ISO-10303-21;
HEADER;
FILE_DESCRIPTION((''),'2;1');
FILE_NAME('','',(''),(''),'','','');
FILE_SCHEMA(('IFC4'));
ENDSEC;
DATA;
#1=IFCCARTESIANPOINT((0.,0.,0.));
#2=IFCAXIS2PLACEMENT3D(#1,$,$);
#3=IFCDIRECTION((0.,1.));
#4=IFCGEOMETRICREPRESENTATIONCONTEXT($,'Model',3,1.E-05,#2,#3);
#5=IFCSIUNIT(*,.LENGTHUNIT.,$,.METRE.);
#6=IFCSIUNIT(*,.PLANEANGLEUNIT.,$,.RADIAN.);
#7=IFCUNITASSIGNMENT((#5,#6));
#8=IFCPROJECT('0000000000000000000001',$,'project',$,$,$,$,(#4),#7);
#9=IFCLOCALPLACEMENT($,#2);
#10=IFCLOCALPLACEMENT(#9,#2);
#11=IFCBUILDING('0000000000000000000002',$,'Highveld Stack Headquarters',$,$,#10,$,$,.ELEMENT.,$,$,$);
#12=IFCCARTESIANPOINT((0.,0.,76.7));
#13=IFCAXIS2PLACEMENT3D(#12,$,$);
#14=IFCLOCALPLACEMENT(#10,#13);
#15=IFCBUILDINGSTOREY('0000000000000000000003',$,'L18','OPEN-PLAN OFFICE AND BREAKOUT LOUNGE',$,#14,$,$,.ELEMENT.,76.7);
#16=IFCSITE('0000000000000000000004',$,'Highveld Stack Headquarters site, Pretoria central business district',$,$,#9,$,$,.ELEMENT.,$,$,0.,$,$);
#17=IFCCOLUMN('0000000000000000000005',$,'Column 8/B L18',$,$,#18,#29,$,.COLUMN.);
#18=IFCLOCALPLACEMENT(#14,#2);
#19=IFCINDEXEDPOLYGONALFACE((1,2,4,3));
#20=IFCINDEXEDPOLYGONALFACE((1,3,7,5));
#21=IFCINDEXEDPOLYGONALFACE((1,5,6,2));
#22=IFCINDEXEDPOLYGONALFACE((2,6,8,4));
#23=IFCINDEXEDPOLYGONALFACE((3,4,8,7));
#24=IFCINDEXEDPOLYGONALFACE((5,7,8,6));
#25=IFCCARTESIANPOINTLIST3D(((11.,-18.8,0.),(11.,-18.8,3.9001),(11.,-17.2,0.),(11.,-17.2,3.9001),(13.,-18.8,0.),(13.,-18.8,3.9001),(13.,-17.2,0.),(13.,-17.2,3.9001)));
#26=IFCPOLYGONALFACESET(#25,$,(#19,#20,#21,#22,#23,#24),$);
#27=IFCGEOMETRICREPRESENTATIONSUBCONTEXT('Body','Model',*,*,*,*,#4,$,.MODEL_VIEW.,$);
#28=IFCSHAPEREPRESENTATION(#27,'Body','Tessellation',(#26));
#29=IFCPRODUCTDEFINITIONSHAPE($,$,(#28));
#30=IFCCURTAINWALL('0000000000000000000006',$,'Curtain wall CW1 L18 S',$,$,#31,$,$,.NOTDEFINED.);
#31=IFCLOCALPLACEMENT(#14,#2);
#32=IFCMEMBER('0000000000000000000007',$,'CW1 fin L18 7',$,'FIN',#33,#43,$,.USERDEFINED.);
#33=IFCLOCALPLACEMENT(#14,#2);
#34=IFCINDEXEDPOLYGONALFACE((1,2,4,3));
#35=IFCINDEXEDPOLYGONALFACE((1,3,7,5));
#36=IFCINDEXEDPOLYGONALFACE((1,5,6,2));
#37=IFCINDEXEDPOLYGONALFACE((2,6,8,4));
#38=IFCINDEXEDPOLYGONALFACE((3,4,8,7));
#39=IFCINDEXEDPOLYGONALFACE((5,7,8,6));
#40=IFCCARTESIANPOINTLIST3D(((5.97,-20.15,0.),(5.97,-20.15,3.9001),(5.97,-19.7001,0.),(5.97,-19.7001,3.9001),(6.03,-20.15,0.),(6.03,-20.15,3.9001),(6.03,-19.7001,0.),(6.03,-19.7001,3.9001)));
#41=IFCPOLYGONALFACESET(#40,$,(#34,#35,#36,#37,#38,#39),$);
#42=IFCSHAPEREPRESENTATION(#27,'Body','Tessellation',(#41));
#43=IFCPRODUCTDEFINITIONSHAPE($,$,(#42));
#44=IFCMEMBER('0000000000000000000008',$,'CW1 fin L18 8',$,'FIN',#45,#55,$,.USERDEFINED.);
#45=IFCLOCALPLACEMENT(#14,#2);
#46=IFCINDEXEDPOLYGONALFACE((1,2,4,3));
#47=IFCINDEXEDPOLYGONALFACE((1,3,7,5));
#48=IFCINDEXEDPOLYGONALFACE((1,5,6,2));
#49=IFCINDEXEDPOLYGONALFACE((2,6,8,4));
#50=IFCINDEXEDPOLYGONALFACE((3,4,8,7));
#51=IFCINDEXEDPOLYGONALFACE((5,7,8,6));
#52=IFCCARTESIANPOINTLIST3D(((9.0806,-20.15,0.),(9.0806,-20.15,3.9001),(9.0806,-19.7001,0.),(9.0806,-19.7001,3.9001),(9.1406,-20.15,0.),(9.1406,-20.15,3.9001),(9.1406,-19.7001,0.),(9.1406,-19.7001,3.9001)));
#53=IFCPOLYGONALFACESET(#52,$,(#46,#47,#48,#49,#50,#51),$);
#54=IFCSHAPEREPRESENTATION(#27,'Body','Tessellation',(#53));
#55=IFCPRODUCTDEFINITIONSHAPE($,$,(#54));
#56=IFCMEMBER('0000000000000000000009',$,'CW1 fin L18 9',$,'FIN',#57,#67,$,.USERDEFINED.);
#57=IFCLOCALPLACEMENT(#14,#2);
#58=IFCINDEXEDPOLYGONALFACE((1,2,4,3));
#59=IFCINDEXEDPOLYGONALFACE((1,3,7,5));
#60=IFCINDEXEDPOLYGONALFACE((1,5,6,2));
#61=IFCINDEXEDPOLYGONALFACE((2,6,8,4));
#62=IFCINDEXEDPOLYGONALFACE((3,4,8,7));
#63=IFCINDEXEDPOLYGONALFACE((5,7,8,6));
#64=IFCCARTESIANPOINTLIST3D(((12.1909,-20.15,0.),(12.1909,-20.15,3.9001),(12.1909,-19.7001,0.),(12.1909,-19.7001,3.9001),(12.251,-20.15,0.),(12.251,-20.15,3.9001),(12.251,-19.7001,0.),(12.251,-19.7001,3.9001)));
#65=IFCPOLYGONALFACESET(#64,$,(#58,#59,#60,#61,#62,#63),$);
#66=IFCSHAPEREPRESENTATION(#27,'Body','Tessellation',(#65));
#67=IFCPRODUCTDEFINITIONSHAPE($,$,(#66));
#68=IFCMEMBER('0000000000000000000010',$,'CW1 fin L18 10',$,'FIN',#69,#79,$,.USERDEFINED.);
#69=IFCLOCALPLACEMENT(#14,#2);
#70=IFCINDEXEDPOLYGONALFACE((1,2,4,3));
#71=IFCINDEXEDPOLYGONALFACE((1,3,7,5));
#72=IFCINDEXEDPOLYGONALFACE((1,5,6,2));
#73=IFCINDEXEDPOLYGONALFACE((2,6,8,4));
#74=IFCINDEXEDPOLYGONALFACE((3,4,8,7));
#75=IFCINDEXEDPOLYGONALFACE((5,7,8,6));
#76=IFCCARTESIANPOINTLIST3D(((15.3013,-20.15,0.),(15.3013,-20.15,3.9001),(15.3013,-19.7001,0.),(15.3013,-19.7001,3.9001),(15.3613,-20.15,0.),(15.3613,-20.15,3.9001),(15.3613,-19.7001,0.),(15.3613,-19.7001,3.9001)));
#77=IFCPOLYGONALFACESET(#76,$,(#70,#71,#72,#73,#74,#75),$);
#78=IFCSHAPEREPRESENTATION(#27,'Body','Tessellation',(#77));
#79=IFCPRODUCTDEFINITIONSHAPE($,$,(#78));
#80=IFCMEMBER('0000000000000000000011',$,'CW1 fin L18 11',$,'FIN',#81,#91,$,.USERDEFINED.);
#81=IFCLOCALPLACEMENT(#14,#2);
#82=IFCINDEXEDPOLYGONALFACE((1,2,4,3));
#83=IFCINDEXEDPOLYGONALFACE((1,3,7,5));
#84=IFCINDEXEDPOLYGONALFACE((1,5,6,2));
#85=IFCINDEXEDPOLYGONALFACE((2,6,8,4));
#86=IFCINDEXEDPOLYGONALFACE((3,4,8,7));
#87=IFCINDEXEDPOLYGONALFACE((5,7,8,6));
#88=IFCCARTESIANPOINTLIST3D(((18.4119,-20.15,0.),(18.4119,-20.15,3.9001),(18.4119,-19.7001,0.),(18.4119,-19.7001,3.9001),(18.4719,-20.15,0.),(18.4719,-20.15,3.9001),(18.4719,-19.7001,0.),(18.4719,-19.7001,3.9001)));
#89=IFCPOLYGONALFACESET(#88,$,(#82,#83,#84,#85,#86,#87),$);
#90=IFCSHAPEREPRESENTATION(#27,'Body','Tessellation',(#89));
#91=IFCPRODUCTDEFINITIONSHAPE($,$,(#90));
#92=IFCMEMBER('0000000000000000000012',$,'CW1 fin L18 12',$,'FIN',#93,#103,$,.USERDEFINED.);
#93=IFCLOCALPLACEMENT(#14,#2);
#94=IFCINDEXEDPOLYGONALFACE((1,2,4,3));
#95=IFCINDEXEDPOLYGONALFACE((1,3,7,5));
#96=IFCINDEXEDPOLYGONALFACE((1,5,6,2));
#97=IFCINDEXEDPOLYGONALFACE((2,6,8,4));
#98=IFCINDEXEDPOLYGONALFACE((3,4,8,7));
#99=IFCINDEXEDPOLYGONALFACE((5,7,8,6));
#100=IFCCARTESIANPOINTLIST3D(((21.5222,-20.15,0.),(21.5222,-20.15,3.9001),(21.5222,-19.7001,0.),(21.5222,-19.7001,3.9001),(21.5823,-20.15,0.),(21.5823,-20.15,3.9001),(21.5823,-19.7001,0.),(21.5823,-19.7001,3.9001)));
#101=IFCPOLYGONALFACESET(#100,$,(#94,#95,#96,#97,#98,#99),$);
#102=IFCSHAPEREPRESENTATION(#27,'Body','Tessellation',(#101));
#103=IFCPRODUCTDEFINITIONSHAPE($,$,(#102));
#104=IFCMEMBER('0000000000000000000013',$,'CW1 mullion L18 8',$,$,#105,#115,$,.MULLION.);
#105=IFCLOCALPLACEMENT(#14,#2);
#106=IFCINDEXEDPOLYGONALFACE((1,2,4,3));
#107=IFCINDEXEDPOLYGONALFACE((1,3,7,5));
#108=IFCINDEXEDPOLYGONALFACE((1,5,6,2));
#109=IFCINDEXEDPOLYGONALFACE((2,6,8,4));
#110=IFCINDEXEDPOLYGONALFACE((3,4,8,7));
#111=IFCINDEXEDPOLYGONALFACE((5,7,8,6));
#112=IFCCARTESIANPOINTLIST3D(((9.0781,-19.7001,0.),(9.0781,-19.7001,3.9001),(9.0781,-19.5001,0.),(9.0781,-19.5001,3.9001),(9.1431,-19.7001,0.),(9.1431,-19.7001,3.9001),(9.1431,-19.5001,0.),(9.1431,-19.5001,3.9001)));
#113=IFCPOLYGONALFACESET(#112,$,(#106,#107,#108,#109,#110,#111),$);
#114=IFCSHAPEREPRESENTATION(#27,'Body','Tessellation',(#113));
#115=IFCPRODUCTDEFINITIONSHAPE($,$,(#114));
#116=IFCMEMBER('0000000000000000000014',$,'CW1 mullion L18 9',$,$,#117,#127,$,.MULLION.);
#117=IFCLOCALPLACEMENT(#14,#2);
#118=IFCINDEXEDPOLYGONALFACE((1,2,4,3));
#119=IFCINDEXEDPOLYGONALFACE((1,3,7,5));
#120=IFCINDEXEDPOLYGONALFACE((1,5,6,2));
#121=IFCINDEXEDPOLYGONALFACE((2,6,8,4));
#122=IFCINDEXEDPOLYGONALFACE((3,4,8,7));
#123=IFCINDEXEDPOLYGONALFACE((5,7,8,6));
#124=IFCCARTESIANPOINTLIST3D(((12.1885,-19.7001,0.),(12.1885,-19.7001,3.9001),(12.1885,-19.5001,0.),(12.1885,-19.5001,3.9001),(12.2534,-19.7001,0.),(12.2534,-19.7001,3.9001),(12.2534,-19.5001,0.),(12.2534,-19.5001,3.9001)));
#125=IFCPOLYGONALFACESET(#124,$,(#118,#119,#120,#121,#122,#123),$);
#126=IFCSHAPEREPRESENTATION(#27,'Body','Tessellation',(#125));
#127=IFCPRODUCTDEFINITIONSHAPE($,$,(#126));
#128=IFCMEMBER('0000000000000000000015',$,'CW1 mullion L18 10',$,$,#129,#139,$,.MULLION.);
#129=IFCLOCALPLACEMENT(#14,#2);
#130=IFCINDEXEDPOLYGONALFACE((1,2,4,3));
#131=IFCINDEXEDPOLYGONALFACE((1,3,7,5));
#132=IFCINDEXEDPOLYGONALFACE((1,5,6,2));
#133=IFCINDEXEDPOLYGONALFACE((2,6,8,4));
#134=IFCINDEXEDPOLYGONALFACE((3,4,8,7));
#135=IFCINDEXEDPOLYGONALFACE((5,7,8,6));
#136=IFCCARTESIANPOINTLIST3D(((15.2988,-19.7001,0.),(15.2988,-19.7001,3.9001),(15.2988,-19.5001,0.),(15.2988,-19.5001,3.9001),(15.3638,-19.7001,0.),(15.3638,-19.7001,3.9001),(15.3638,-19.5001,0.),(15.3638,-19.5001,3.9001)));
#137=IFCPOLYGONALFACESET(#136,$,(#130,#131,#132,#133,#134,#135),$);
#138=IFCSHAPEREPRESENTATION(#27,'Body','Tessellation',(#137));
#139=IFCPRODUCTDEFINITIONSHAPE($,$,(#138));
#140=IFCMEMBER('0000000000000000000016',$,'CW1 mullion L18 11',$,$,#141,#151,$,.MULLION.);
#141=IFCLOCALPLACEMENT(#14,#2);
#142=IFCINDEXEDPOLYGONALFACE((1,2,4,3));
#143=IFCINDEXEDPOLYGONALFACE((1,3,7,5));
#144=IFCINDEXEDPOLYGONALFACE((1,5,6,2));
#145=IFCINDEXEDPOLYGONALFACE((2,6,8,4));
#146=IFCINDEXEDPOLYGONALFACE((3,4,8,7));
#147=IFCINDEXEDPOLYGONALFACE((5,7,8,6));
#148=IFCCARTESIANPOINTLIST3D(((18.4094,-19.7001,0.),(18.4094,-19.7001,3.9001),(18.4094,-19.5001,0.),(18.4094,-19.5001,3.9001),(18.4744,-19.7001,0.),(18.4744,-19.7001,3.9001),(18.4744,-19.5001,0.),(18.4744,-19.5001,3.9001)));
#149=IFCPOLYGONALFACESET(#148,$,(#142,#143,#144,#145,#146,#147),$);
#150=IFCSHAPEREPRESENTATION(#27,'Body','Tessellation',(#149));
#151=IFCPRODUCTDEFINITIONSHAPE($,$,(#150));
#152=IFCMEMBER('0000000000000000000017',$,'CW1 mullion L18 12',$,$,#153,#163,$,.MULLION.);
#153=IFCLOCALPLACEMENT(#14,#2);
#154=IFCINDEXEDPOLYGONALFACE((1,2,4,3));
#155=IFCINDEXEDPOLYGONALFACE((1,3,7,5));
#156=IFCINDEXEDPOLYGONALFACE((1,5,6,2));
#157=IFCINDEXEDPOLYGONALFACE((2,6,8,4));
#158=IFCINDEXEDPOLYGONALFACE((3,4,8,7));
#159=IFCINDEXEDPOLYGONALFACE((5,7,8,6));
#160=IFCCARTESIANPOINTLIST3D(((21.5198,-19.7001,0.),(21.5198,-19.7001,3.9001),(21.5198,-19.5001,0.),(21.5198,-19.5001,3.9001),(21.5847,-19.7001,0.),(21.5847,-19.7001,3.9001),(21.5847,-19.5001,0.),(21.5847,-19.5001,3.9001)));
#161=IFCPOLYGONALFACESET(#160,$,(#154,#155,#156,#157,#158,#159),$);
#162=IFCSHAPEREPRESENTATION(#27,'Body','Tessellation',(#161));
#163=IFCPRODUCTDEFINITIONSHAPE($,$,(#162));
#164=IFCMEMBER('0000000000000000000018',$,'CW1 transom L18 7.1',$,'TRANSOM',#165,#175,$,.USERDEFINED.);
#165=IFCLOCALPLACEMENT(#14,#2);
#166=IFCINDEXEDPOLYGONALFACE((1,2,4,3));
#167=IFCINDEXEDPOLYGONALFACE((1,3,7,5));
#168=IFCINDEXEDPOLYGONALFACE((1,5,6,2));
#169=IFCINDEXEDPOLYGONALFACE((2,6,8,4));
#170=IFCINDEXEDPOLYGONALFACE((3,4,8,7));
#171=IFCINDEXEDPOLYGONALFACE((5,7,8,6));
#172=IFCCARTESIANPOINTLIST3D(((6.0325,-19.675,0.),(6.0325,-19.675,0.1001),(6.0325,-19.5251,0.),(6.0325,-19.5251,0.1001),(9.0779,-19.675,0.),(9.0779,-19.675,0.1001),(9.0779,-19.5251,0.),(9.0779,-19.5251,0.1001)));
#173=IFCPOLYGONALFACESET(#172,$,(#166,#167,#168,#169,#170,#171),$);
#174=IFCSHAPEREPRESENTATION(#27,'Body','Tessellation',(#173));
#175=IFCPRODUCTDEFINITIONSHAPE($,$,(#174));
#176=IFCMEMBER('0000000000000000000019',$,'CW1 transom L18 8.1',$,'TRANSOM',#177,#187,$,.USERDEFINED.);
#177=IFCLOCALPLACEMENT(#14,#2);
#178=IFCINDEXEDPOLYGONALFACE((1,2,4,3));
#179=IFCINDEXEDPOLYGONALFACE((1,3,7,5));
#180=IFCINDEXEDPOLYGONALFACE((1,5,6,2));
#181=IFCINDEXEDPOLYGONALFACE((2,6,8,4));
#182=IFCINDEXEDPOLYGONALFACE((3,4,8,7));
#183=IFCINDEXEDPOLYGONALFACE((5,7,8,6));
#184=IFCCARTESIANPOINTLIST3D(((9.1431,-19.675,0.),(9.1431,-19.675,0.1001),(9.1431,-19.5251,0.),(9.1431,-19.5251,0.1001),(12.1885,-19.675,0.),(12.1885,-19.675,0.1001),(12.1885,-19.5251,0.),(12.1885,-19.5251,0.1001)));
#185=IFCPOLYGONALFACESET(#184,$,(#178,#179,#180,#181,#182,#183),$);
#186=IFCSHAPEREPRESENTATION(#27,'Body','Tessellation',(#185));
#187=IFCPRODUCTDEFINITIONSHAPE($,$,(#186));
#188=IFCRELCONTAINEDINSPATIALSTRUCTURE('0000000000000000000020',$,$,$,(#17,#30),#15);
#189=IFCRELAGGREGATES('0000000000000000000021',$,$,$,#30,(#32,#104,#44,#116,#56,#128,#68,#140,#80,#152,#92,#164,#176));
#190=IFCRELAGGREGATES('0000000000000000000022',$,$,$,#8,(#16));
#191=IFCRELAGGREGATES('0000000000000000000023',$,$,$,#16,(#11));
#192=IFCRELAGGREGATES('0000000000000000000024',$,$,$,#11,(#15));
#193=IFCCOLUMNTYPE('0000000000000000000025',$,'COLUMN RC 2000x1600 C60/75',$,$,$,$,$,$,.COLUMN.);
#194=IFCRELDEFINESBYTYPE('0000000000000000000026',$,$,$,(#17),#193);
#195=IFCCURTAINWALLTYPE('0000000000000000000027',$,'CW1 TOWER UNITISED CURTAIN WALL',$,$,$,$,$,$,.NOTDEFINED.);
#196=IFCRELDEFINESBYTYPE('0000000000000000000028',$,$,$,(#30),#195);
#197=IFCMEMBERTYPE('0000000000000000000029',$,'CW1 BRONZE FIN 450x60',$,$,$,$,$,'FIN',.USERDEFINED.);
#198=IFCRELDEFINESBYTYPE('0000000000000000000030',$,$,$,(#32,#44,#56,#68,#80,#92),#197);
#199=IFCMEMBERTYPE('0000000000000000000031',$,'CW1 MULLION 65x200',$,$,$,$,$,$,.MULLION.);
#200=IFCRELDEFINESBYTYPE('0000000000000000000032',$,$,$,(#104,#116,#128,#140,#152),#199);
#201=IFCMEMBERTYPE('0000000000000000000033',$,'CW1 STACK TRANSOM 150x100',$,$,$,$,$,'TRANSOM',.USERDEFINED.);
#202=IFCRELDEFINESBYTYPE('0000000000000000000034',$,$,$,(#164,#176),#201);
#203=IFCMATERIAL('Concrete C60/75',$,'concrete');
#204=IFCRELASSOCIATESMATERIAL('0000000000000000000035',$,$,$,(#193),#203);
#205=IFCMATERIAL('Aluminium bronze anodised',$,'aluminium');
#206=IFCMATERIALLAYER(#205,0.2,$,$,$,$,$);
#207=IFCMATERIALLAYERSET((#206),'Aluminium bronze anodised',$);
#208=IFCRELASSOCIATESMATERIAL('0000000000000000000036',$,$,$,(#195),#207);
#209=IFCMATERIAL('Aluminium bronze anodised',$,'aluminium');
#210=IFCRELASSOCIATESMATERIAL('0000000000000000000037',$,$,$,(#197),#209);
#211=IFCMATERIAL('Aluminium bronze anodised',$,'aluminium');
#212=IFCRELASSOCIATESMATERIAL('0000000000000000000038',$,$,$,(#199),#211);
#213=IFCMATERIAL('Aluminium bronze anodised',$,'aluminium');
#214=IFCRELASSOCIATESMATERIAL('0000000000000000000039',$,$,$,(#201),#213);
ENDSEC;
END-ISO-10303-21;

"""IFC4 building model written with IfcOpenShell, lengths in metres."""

from ifc_helpers import new_model, si_unit, direction, frame, origin, origin_2d, place, context, subcontext, project, spatial, rectangle, extrude, material, layer, layer_set, material_profile, profile_set, type_object, element, aggregate, save


model = new_model("IFC4")

# Units and contexts
model_context = context("Model", 3, precision=1e-05, world=origin(), true_north=direction((0.0, 1.0)))
body_context = subcontext(model_context, "Body", "Model", "MODEL_VIEW")
ifc_project = project(units=[si_unit("LENGTHUNIT", "METRE"), si_unit("PLANEANGLEUNIT", "RADIAN")], contexts=[model_context])

# Site, building, storey
site_placement = place(None, origin())
site = spatial("IfcSite", under=ifc_project, at=site_placement, Name="Highveld Stack Headquarters site, Pretoria central business district", CompositionType="ELEMENT", RefElevation=0.0)
building_placement = place(site_placement, origin())
building = spatial("IfcBuilding", under=site, at=building_placement, Name="Highveld Stack Headquarters", CompositionType="ELEMENT")
storey_placement = place(building_placement, frame((0.0, 0.0, 76.7)))
storey = spatial("IfcBuildingStorey", under=building, at=storey_placement, Name="L18", Description="OPEN-PLAN OFFICE AND BREAKOUT LOUNGE", CompositionType="ELEMENT", Elevation=76.7)

# Column
ifc_material_1 = material(Name="Concrete C60/75", Category="concrete")
ifc_material_profile_1 = material_profile(ifc_material_1, rectangle(XDim=2.0, YDim=1.6001, at=origin_2d()), Name="RC 2000x1600")
ifc_profile_set_1 = profile_set([ifc_material_profile_1], Name="Concrete C60/75")
column_type = type_object("IfcColumnType", Name="COLUMN RC 2000x1600 C60/75", PredefinedType="COLUMN", material=ifc_profile_set_1)
column_placement = place(storey_placement, frame((12.0, -18.0, 0.0), z_axis=(0.0, 0.0, 1.0), x_axis=(1.0, 0.0, 0.0)))
element("IfcColumn", 1, at=column_placement, inside=storey, type_object=column_type, Name="Column 8/B L18", PredefinedType="COLUMN", context=body_context, shape_type="SweptSolid", body=[
    extrude(rectangle(XDim=2.0, YDim=1.6001, at=origin_2d()), origin(), (0.0, 0.0, 1.0), 3.9001),
])

# Curtain wall, members
ifc_material_2 = material(Name="Aluminium bronze anodised", Category="aluminium")
ifc_layer_1 = layer(ifc_material_2, 0.2)
ifc_layer_set_1 = layer_set([ifc_layer_1], Name="Aluminium bronze anodised")
curtain_wall_type = type_object("IfcCurtainWallType", Name="CW1 TOWER UNITISED CURTAIN WALL", PredefinedType="NOTDEFINED", material=ifc_layer_set_1)
curtain_wall_placement = place(storey_placement, origin())
curtain_wall = element("IfcCurtainWall", 2, at=curtain_wall_placement, inside=storey, type_object=curtain_wall_type, Name="Curtain wall CW1 L18 S", PredefinedType="NOTDEFINED")
ifc_material_3 = material(Name="Aluminium bronze anodised", Category="aluminium")
ifc_material_profile_2 = material_profile(ifc_material_3, rectangle(XDim=0.45, YDim=0.0601, at=origin_2d()), Name="FIN 450x60")
ifc_profile_set_2 = profile_set([ifc_material_profile_2], Name="Aluminium bronze anodised")
member_type_1 = type_object("IfcMemberType", Name="CW1 BRONZE FIN 450x60", ElementType="FIN", PredefinedType="USERDEFINED", material=ifc_profile_set_2)
member_1_placement = place(storey_placement, frame((6.0, -19.925, 0.0), z_axis=(0.0, 0.0, 1.0), x_axis=(0.0, 1.0, 0.0)))
member_1 = element("IfcMember", 3, at=member_1_placement, type_object=member_type_1, Name="CW1 fin L18 7", ObjectType="FIN", PredefinedType="USERDEFINED", context=body_context, shape_type="SweptSolid", body=[
    extrude(rectangle(XDim=0.45, YDim=0.0601, at=origin_2d()), origin(), (0.0, 0.0, 1.0), 3.9001),
])
member_2_placement = place(storey_placement, frame((9.1106, -19.925, 0.0), z_axis=(0.0, 0.0, 1.0), x_axis=(0.0, 1.0, 0.0)))
member_2 = element("IfcMember", 4, at=member_2_placement, type_object=member_type_1, Name="CW1 fin L18 8", ObjectType="FIN", PredefinedType="USERDEFINED", context=body_context, shape_type="SweptSolid", body=[
    extrude(rectangle(XDim=0.45, YDim=0.0601, at=origin_2d()), origin(), (0.0, 0.0, 1.0), 3.9001),
])
member_3_placement = place(storey_placement, frame((12.2209, -19.925, 0.0), z_axis=(0.0, 0.0, 1.0), x_axis=(0.0, 1.0, 0.0)))
member_3 = element("IfcMember", 5, at=member_3_placement, type_object=member_type_1, Name="CW1 fin L18 9", ObjectType="FIN", PredefinedType="USERDEFINED", context=body_context, shape_type="SweptSolid", body=[
    extrude(rectangle(XDim=0.45, YDim=0.0601, at=origin_2d()), origin(), (0.0, 0.0, 1.0), 3.9001),
])
member_4_placement = place(storey_placement, frame((15.3313, -19.925, 0.0), z_axis=(0.0, 0.0, 1.0), x_axis=(0.0, 1.0, 0.0)))
member_4 = element("IfcMember", 6, at=member_4_placement, type_object=member_type_1, Name="CW1 fin L18 10", ObjectType="FIN", PredefinedType="USERDEFINED", context=body_context, shape_type="SweptSolid", body=[
    extrude(rectangle(XDim=0.45, YDim=0.0601, at=origin_2d()), origin(), (0.0, 0.0, 1.0), 3.9001),
])
member_5_placement = place(storey_placement, frame((18.4419, -19.925, 0.0), z_axis=(0.0, 0.0, 1.0), x_axis=(0.0, 1.0, 0.0)))
member_5 = element("IfcMember", 7, at=member_5_placement, type_object=member_type_1, Name="CW1 fin L18 11", ObjectType="FIN", PredefinedType="USERDEFINED", context=body_context, shape_type="SweptSolid", body=[
    extrude(rectangle(XDim=0.45, YDim=0.0601, at=origin_2d()), origin(), (0.0, 0.0, 1.0), 3.9001),
])
member_6_placement = place(storey_placement, frame((21.5522, -19.925, 0.0), z_axis=(0.0, 0.0, 1.0), x_axis=(0.0, 1.0, 0.0)))
member_6 = element("IfcMember", 8, at=member_6_placement, type_object=member_type_1, Name="CW1 fin L18 12", ObjectType="FIN", PredefinedType="USERDEFINED", context=body_context, shape_type="SweptSolid", body=[
    extrude(rectangle(XDim=0.45, YDim=0.0601, at=origin_2d()), origin(), (0.0, 0.0, 1.0), 3.9001),
])
ifc_material_4 = material(Name="Aluminium bronze anodised", Category="aluminium")
ifc_material_profile_3 = material_profile(ifc_material_4, rectangle(XDim=0.2, YDim=0.0649, at=origin_2d()), Name="CW1 MULLION 65x200")
ifc_profile_set_3 = profile_set([ifc_material_profile_3], Name="Aluminium bronze anodised")
member_type_2 = type_object("IfcMemberType", Name="CW1 MULLION 65x200", PredefinedType="MULLION", material=ifc_profile_set_3)
member_7_placement = place(storey_placement, frame((9.1106, -19.6001, 0.0), z_axis=(0.0, 0.0, 1.0), x_axis=(0.0, 1.0, 0.0)))
member_7 = element("IfcMember", 9, at=member_7_placement, type_object=member_type_2, Name="CW1 mullion L18 8", PredefinedType="MULLION", context=body_context, shape_type="SweptSolid", body=[
    extrude(rectangle(XDim=0.2, YDim=0.0649, at=origin_2d()), origin(), (0.0, 0.0, 1.0), 3.9001),
])
member_8_placement = place(storey_placement, frame((12.2209, -19.6001, 0.0), z_axis=(0.0, 0.0, 1.0), x_axis=(0.0, 1.0, 0.0)))
member_8 = element("IfcMember", 10, at=member_8_placement, type_object=member_type_2, Name="CW1 mullion L18 9", PredefinedType="MULLION", context=body_context, shape_type="SweptSolid", body=[
    extrude(rectangle(XDim=0.2, YDim=0.0649, at=origin_2d()), origin(), (0.0, 0.0, 1.0), 3.9001),
])
member_9_placement = place(storey_placement, frame((15.3313, -19.6001, 0.0), z_axis=(0.0, 0.0, 1.0), x_axis=(0.0, 1.0, 0.0)))
member_9 = element("IfcMember", 11, at=member_9_placement, type_object=member_type_2, Name="CW1 mullion L18 10", PredefinedType="MULLION", context=body_context, shape_type="SweptSolid", body=[
    extrude(rectangle(XDim=0.2, YDim=0.0649, at=origin_2d()), origin(), (0.0, 0.0, 1.0), 3.9001),
])
member_10_placement = place(storey_placement, frame((18.4419, -19.6001, 0.0), z_axis=(0.0, 0.0, 1.0), x_axis=(0.0, 1.0, 0.0)))
member_10 = element("IfcMember", 12, at=member_10_placement, type_object=member_type_2, Name="CW1 mullion L18 11", PredefinedType="MULLION", context=body_context, shape_type="SweptSolid", body=[
    extrude(rectangle(XDim=0.2, YDim=0.0649, at=origin_2d()), origin(), (0.0, 0.0, 1.0), 3.9001),
])
member_11_placement = place(storey_placement, frame((21.5522, -19.6001, 0.0), z_axis=(0.0, 0.0, 1.0), x_axis=(0.0, 1.0, 0.0)))
member_11 = element("IfcMember", 13, at=member_11_placement, type_object=member_type_2, Name="CW1 mullion L18 12", PredefinedType="MULLION", context=body_context, shape_type="SweptSolid", body=[
    extrude(rectangle(XDim=0.2, YDim=0.0649, at=origin_2d()), origin(), (0.0, 0.0, 1.0), 3.9001),
])
ifc_material_5 = material(Name="Aluminium bronze anodised", Category="aluminium")
ifc_material_profile_4 = material_profile(ifc_material_5, rectangle(XDim=0.1499, YDim=0.1001, at=origin_2d()), Name="CW1 TRANSOM 150x100")
ifc_profile_set_4 = profile_set([ifc_material_profile_4], Name="Aluminium bronze anodised")
member_type_3 = type_object("IfcMemberType", Name="CW1 STACK TRANSOM 150x100", ElementType="TRANSOM", PredefinedType="USERDEFINED", material=ifc_profile_set_4)
member_12_placement = place(storey_placement, frame((6.0325, -19.6001, 0.05), z_axis=(1.0, 0.0, 0.0), x_axis=(0.0, 1.0, 0.0)))
member_12 = element("IfcMember", 14, at=member_12_placement, type_object=member_type_3, Name="CW1 transom L18 7.1", ObjectType="TRANSOM", PredefinedType="USERDEFINED", context=body_context, shape_type="SweptSolid", body=[
    extrude(rectangle(XDim=0.1499, YDim=0.1001, at=origin_2d()), origin(), (0.0, 0.0, 1.0), 3.0454),
])
member_13_placement = place(storey_placement, frame((9.1431, -19.6001, 0.05), z_axis=(1.0, 0.0, 0.0), x_axis=(0.0, 1.0, 0.0)))
member_13 = element("IfcMember", 15, at=member_13_placement, type_object=member_type_3, Name="CW1 transom L18 8.1", ObjectType="TRANSOM", PredefinedType="USERDEFINED", context=body_context, shape_type="SweptSolid", body=[
    extrude(rectangle(XDim=0.1499, YDim=0.1001, at=origin_2d()), origin(), (0.0, 0.0, 1.0), 3.0454),
])
aggregate(curtain_wall, [member_1, member_7, member_2, member_8, member_3, member_9, member_4, member_10, member_5, member_11, member_6, member_12, member_13])

save(model, "model.ifc")
